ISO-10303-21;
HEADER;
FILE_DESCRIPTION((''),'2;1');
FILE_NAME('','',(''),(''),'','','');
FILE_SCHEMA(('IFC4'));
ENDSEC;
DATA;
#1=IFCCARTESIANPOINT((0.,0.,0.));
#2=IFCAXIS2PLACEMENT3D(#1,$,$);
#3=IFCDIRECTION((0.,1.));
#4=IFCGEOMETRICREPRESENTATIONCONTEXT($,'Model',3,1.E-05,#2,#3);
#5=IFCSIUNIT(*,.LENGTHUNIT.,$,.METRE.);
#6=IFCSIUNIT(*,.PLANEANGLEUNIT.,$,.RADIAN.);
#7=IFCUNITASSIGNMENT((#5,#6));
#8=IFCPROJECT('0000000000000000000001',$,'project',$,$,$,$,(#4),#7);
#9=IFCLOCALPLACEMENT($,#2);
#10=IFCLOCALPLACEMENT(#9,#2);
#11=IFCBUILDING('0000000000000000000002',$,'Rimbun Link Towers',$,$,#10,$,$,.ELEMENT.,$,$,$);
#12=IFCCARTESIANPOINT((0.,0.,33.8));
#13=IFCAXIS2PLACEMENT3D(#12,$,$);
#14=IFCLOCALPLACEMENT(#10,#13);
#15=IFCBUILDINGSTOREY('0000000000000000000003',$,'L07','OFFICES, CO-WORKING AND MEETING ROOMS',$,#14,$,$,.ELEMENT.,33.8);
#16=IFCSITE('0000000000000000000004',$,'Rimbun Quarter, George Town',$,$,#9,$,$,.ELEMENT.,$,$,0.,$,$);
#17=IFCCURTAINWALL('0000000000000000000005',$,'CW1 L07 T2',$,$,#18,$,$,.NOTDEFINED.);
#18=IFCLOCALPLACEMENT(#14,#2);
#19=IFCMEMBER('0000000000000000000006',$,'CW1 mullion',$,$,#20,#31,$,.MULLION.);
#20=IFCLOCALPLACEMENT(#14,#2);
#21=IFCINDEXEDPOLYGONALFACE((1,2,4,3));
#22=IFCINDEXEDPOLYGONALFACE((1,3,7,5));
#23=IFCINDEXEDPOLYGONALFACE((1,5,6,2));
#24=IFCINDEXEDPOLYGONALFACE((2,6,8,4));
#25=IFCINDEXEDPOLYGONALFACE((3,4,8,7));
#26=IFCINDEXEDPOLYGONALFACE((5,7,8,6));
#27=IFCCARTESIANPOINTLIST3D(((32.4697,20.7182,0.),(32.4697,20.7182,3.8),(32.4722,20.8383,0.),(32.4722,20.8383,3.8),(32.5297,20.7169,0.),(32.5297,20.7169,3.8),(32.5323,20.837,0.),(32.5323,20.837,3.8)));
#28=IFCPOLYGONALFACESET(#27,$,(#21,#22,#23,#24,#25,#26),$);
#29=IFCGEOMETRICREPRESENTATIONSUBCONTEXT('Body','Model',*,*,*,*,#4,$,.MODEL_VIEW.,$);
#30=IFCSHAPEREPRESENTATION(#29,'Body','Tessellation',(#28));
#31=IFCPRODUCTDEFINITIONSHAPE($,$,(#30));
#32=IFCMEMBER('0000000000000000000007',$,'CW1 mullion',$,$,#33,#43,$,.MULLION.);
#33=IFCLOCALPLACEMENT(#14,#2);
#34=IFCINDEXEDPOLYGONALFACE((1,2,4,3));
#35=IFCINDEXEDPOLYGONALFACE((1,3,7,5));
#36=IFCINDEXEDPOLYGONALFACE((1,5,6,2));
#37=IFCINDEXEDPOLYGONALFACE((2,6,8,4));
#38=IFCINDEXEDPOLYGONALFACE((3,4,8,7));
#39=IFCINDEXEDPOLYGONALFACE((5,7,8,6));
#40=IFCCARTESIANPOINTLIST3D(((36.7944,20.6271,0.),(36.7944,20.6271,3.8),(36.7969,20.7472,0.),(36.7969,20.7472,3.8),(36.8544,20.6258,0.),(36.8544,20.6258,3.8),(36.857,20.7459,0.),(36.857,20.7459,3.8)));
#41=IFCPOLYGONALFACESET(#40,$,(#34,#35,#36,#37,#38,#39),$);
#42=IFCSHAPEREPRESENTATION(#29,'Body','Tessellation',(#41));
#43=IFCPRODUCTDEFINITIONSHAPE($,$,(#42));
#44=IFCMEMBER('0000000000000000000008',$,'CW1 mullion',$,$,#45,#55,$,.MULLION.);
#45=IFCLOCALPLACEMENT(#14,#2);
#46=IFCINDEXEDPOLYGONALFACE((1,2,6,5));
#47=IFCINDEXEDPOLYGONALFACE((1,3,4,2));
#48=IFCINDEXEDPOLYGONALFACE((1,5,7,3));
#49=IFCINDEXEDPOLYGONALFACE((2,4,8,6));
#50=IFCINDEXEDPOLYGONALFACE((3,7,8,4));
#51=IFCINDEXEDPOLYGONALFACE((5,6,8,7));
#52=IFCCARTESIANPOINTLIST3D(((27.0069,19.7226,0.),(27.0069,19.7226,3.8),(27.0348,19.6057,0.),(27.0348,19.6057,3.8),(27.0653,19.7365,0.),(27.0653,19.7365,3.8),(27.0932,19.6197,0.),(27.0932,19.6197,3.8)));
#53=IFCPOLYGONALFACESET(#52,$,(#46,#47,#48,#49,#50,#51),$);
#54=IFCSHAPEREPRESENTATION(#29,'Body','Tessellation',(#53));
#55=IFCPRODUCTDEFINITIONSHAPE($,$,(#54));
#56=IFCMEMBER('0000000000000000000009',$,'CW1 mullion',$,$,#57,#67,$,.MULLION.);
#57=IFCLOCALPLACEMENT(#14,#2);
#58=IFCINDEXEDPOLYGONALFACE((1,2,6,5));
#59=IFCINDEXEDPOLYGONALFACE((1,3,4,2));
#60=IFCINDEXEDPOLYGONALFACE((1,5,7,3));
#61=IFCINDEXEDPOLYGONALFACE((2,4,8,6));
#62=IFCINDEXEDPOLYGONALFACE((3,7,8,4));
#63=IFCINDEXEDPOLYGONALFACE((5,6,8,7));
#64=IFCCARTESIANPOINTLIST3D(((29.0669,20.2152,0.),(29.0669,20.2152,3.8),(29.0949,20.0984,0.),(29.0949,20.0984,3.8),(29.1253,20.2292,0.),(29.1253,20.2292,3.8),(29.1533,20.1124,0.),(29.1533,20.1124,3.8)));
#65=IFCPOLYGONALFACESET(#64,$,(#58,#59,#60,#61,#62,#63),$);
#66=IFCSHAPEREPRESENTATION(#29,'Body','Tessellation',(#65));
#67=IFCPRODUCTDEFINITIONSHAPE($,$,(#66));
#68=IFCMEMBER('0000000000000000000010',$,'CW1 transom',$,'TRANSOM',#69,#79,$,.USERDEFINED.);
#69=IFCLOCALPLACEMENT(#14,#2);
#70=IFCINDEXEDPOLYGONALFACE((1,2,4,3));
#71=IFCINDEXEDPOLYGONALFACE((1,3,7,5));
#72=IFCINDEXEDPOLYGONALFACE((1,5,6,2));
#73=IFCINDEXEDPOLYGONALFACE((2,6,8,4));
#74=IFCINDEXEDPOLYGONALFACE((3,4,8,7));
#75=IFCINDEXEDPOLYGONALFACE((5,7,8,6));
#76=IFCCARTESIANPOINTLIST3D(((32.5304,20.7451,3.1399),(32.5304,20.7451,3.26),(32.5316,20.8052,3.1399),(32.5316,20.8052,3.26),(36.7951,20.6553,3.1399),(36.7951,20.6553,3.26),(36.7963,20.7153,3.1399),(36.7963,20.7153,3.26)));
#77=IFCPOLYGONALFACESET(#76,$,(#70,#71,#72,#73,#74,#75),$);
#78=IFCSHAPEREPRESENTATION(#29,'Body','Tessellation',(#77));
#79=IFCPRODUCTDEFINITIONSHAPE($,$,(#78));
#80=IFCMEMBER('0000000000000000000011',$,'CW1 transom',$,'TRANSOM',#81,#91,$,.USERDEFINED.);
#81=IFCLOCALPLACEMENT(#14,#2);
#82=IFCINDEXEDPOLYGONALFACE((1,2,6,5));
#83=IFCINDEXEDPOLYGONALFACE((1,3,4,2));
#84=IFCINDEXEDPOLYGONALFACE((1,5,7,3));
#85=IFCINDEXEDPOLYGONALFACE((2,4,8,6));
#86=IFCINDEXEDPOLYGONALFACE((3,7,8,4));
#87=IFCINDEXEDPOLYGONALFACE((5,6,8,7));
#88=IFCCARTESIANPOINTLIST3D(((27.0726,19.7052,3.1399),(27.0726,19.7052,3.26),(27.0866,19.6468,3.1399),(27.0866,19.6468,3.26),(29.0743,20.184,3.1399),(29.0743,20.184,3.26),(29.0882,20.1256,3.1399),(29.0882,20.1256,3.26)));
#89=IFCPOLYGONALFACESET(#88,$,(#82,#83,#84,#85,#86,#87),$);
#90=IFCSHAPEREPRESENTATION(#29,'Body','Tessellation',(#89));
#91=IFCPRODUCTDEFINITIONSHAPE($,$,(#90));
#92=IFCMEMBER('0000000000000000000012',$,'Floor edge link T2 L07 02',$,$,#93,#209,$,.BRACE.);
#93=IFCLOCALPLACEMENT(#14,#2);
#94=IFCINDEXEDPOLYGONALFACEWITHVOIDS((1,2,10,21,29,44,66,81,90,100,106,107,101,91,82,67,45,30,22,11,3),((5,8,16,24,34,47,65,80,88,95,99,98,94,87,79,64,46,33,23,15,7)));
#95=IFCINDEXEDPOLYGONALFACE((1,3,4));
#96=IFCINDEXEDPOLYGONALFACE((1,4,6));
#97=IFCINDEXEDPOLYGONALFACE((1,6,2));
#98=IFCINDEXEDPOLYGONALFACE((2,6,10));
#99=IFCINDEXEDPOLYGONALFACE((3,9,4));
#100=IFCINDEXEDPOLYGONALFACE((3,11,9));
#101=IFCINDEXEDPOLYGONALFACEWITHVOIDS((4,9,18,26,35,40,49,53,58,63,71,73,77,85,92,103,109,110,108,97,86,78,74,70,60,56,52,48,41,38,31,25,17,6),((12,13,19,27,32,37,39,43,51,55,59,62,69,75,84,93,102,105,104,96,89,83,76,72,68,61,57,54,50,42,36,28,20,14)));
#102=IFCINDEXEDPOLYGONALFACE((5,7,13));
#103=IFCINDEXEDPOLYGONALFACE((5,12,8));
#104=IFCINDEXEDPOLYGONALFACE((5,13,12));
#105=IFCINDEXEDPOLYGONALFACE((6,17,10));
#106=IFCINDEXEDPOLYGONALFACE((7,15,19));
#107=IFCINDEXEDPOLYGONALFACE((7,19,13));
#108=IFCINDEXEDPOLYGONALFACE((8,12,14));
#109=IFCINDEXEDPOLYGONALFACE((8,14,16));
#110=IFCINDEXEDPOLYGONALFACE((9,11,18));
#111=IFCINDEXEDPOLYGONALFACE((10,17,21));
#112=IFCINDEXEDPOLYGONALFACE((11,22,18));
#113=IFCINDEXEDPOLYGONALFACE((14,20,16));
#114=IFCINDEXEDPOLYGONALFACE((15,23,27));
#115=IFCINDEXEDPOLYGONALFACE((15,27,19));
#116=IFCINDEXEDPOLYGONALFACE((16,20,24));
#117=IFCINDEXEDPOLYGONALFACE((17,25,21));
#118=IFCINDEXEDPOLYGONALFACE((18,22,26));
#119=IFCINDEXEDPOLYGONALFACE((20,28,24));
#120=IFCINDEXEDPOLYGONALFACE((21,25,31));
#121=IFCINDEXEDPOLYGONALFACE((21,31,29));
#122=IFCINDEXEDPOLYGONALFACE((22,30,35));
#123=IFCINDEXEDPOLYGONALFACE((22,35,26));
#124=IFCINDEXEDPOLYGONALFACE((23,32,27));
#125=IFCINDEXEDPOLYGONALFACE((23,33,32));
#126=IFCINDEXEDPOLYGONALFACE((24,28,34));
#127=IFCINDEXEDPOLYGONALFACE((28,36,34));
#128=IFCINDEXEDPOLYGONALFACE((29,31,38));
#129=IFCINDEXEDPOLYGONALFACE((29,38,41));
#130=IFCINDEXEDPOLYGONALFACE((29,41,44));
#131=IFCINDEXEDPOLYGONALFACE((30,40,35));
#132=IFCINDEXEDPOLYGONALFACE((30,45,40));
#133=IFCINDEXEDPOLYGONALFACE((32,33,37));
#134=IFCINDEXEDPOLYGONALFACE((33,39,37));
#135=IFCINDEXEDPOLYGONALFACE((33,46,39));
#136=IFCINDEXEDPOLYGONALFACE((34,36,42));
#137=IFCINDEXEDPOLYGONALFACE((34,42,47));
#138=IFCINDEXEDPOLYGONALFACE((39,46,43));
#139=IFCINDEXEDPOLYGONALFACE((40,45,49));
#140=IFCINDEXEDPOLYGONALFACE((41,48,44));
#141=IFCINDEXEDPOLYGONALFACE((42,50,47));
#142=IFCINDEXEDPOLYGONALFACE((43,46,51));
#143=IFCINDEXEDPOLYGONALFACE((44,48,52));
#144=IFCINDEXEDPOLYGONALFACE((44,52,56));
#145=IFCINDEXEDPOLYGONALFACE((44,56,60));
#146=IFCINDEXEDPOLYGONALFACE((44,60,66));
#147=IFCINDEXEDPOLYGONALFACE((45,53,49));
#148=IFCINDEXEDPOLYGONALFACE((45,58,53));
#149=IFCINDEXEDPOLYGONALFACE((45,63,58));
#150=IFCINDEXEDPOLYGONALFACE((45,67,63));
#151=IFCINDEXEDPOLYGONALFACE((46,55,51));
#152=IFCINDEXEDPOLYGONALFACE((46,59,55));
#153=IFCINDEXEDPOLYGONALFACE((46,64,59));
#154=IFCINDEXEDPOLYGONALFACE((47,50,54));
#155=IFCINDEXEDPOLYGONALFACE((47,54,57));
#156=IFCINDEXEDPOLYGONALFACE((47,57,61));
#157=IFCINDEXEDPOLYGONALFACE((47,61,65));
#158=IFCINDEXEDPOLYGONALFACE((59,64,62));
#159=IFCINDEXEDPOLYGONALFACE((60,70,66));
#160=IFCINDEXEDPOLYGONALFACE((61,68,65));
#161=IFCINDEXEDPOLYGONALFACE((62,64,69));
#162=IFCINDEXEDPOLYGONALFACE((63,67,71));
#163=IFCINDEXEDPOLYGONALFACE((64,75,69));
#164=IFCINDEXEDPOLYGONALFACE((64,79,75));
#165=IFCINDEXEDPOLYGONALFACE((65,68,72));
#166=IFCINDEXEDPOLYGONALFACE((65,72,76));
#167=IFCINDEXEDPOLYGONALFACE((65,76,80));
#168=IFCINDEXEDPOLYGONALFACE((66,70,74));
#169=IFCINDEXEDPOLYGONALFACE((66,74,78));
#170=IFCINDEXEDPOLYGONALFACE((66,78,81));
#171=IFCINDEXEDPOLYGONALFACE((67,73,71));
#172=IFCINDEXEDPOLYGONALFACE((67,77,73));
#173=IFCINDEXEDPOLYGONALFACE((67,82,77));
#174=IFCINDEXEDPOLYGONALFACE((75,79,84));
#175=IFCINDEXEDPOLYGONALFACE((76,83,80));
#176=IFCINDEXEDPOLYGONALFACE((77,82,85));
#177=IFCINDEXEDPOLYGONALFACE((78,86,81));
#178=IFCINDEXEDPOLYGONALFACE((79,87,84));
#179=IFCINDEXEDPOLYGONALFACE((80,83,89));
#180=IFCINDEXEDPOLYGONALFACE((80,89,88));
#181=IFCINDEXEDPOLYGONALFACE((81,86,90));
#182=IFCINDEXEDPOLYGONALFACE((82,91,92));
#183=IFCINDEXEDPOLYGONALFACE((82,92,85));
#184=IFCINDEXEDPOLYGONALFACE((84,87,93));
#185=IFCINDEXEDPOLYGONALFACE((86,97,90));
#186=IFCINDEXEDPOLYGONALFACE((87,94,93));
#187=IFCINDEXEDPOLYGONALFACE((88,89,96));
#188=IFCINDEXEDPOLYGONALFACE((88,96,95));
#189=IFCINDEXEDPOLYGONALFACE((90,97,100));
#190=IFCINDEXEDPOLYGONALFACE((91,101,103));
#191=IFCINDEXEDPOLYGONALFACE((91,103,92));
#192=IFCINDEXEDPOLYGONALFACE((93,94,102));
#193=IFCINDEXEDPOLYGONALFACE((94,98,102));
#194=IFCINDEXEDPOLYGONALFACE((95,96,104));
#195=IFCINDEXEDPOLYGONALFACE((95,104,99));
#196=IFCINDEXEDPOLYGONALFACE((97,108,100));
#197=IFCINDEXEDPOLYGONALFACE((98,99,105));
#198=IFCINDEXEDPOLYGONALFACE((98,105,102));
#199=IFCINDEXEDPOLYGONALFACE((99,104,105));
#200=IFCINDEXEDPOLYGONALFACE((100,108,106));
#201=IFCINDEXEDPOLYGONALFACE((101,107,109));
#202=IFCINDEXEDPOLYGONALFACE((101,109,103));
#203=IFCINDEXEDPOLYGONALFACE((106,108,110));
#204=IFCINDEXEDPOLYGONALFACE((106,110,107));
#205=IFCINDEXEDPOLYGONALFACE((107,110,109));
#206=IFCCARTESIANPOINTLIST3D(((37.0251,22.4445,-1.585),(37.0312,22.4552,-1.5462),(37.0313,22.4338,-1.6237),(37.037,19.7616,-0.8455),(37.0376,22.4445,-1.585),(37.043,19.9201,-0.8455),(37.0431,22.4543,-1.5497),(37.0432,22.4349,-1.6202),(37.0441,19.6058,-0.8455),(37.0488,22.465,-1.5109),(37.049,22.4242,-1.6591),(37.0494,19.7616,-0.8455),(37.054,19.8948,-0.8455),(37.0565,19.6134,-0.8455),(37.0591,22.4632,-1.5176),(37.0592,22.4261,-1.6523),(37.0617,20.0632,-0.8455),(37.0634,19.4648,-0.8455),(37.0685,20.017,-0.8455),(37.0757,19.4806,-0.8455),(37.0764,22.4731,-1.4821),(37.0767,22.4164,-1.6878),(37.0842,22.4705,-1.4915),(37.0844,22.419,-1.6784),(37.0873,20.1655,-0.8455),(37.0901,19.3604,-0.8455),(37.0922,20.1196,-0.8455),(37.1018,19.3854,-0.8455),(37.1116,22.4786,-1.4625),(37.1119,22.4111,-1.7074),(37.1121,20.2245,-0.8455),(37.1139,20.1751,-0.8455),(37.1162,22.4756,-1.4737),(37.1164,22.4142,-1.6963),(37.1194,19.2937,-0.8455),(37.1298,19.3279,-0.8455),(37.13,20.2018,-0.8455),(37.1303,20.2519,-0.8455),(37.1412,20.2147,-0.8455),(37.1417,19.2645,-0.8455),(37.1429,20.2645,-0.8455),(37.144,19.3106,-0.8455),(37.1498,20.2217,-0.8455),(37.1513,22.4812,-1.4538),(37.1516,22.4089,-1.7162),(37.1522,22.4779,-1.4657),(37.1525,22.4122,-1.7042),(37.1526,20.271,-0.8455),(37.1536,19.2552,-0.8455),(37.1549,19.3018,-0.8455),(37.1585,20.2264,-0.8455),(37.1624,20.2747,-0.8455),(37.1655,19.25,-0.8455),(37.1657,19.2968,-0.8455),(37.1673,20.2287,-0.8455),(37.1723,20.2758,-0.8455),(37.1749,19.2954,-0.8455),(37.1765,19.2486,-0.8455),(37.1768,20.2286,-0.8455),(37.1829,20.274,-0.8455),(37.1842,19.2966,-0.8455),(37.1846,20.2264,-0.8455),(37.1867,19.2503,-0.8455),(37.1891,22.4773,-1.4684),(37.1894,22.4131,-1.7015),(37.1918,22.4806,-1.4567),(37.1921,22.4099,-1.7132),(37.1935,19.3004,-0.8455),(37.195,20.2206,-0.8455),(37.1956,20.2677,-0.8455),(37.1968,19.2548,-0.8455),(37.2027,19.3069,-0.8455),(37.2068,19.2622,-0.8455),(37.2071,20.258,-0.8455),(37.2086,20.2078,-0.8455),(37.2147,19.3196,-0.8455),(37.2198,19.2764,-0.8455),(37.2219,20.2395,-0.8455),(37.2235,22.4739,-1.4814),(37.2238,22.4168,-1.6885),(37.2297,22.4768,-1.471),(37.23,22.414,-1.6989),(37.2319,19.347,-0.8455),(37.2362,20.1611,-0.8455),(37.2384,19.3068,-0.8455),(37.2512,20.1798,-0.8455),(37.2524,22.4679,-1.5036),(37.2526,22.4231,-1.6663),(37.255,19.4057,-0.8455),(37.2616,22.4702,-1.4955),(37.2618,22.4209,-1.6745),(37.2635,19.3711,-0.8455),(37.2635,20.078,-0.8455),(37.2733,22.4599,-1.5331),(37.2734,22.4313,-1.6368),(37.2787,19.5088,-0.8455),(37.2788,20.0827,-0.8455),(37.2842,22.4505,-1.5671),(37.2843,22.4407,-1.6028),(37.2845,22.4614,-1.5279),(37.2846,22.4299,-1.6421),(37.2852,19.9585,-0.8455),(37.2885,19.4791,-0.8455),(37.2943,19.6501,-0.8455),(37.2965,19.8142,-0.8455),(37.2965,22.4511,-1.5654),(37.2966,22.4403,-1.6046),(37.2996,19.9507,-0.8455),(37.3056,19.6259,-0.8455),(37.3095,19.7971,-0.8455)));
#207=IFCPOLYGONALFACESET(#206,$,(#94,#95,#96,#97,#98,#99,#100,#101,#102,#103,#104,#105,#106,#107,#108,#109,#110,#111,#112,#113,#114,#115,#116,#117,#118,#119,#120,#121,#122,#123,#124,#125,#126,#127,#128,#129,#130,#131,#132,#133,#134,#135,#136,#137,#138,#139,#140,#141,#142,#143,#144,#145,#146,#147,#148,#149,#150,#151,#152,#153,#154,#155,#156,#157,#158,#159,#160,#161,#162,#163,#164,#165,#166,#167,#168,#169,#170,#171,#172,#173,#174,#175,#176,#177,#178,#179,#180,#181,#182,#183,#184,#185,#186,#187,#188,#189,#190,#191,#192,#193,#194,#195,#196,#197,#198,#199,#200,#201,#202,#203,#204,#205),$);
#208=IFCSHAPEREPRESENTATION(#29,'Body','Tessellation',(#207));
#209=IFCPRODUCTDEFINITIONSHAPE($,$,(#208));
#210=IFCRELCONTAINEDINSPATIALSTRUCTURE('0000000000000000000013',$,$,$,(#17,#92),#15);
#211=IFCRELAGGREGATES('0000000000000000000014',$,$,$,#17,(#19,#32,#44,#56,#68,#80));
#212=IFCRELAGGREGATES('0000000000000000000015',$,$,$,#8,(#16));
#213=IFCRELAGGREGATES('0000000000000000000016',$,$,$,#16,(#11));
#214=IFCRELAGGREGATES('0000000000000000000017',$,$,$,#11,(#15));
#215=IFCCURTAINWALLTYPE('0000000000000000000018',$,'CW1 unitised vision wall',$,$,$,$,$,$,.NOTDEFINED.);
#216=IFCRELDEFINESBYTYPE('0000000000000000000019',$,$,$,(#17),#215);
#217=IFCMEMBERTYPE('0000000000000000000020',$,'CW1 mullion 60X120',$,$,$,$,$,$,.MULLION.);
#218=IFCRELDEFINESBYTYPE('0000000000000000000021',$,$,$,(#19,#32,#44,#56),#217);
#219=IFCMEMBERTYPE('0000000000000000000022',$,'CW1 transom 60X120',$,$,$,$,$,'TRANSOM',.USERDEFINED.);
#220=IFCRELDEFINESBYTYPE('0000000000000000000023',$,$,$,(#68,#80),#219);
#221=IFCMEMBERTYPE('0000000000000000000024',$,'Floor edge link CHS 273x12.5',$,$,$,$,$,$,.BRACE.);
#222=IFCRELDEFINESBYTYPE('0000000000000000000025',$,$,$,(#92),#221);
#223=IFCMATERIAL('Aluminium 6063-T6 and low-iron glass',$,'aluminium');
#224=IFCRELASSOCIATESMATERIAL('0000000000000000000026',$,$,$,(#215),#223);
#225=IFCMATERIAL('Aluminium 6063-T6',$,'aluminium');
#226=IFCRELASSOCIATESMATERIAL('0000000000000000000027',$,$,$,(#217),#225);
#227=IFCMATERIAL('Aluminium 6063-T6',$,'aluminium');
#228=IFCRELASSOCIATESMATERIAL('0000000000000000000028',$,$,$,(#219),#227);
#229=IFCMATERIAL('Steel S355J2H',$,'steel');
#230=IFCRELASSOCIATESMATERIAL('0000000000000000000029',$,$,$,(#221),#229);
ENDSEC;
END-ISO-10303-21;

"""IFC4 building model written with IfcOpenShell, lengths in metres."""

from ifc_helpers import new_model, si_unit, direction, frame, origin, origin_2d, place, context, subcontext, project, spatial, rectangle, hollow_circle, extrude, clip, halfspace, material, material_profile, profile_set, type_object, element, aggregate, save


model = new_model("IFC4")

# Units and contexts
model_context = context("Model", 3, precision=1e-05, world=origin(), true_north=direction((0.0, 1.0)))
body_context = subcontext(model_context, "Body", "Model", "MODEL_VIEW")
ifc_project = project(units=[si_unit("LENGTHUNIT", "METRE"), si_unit("PLANEANGLEUNIT", "RADIAN")], contexts=[model_context])

# Site, building, storey
site_placement = place(None, origin())
site = spatial("IfcSite", under=ifc_project, at=site_placement, Name="Rimbun Quarter, George Town", CompositionType="ELEMENT", RefElevation=0.0)
building_placement = place(site_placement, origin())
building = spatial("IfcBuilding", under=site, at=building_placement, Name="Rimbun Link Towers", CompositionType="ELEMENT")
storey_placement = place(building_placement, frame((0.0, 0.0, 33.8)))
storey = spatial("IfcBuildingStorey", under=building, at=storey_placement, Name="L07", Description="OFFICES, CO-WORKING AND MEETING ROOMS", CompositionType="ELEMENT", Elevation=33.8)

# Curtain wall, members
ifc_material_1 = material(Name="Aluminium 6063-T6 and low-iron glass", Category="aluminium")
curtain_wall_type = type_object("IfcCurtainWallType", Name="CW1 unitised vision wall", PredefinedType="NOTDEFINED", material=ifc_material_1)
curtain_wall_placement = place(storey_placement, origin())
curtain_wall = element("IfcCurtainWall", 1, at=curtain_wall_placement, inside=storey, type_object=curtain_wall_type, Name="CW1 L07 T2", PredefinedType="NOTDEFINED")
ifc_material_2 = material(Name="Aluminium 6063-T6", Category="aluminium")
ifc_material_profile_1 = material_profile(ifc_material_2, rectangle(XDim=0.1201, YDim=0.0601, at=origin_2d()), Name="MULLION 60X120")
ifc_profile_set_1 = profile_set([ifc_material_profile_1], Name="Aluminium 6063-T6")
member_type_1 = type_object("IfcMemberType", Name="CW1 mullion 60X120", PredefinedType="MULLION", material=ifc_profile_set_1)
member_1_placement = place(storey_placement, frame((32.501, 20.7776, 0.0), z_axis=(0.0, 0.0, 1.0), x_axis=(0.021066, 0.999778, 0.0)))
member_1 = element("IfcMember", 2, at=member_1_placement, type_object=member_type_1, Name="CW1 mullion", PredefinedType="MULLION", context=body_context, shape_type="SweptSolid", body=[
    extrude(rectangle(XDim=0.1201, YDim=0.0601, at=origin_2d()), origin(), (0.0, 0.0, 1.0), 3.8),
])
member_2_placement = place(storey_placement, frame((36.8257, 20.6865, 0.0), z_axis=(0.0, 0.0, 1.0), x_axis=(0.021066, 0.999778, 0.0)))
member_2 = element("IfcMember", 3, at=member_2_placement, type_object=member_type_1, Name="CW1 mullion", PredefinedType="MULLION", context=body_context, shape_type="SweptSolid", body=[
    extrude(rectangle(XDim=0.1201, YDim=0.0601, at=origin_2d()), origin(), (0.0, 0.0, 1.0), 3.8),
])
member_3_placement = place(storey_placement, frame((27.05, 19.6711, 0.0), z_axis=(0.0, 0.0, 1.0), x_axis=(-0.232613, 0.972569, 0.0)))
member_3 = element("IfcMember", 4, at=member_3_placement, type_object=member_type_1, Name="CW1 mullion", PredefinedType="MULLION", context=body_context, shape_type="SweptSolid", body=[
    extrude(rectangle(XDim=0.1201, YDim=0.0601, at=origin_2d()), origin(), (0.0, 0.0, 1.0), 3.8),
])
member_4_placement = place(storey_placement, frame((29.1101, 20.1638, 0.0), z_axis=(0.0, 0.0, 1.0), x_axis=(-0.232613, 0.972569, 0.0)))
member_4 = element("IfcMember", 5, at=member_4_placement, type_object=member_type_1, Name="CW1 mullion", PredefinedType="MULLION", context=body_context, shape_type="SweptSolid", body=[
    extrude(rectangle(XDim=0.1201, YDim=0.0601, at=origin_2d()), origin(), (0.0, 0.0, 1.0), 3.8),
])
ifc_material_3 = material(Name="Aluminium 6063-T6", Category="aluminium")
ifc_material_profile_2 = material_profile(ifc_material_3, rectangle(XDim=0.0601, YDim=0.1201, at=origin_2d()), Name="TRANSOM 60X120")
ifc_profile_set_2 = profile_set([ifc_material_profile_2], Name="Aluminium 6063-T6")
member_type_2 = type_object("IfcMemberType", Name="CW1 transom 60X120", ElementType="TRANSOM", PredefinedType="USERDEFINED", material=ifc_profile_set_2)
member_5_placement = place(storey_placement, frame((32.531, 20.7751, 3.2), z_axis=(0.999778, -0.021062, 0.0), x_axis=(0.021062, 0.999778, 0.0)))
member_5 = element("IfcMember", 6, at=member_5_placement, type_object=member_type_2, Name="CW1 transom", ObjectType="TRANSOM", PredefinedType="USERDEFINED", context=body_context, shape_type="SweptSolid", body=[
    extrude(rectangle(XDim=0.0601, YDim=0.1201, at=origin_2d()), origin(), (0.0, 0.0, 1.0), 4.2656),
])
member_6_placement = place(storey_placement, frame((27.0796, 19.676, 3.2), z_axis=(0.972569, 0.232615, 0.0), x_axis=(-0.232615, 0.972569, 0.0)))
member_6 = element("IfcMember", 7, at=member_6_placement, type_object=member_type_2, Name="CW1 transom", ObjectType="TRANSOM", PredefinedType="USERDEFINED", context=body_context, shape_type="SweptSolid", body=[
    extrude(rectangle(XDim=0.0601, YDim=0.1201, at=origin_2d()), origin(), (0.0, 0.0, 1.0), 2.0581),
])

# Member
ifc_material_4 = material(Name="Steel S355J2H", Category="steel")
ifc_material_profile_3 = material_profile(ifc_material_4, hollow_circle(Radius=0.1365, WallThickness=0.0125, at=origin_2d()), Name="CHS 273x12.5")
ifc_profile_set_3 = profile_set([ifc_material_profile_3], Name="Steel S355J2H")
member_type_3 = type_object("IfcMemberType", Name="Floor edge link CHS 273x12.5", PredefinedType="BRACE", material=ifc_profile_set_3)
member_7_placement = place(storey_placement, frame((37.1714, 20.2332, -0.9753), z_axis=(-0.004256, 0.964047, -0.265698), x_axis=(-0.99999, -0.004415, 0.0)))
element("IfcMember", 8, at=member_7_placement, inside=storey, type_object=member_type_3, Name="Floor edge link T2 L07 02", PredefinedType="BRACE", context=body_context, shape_type="Clipping", body=[
    clip(extrude(hollow_circle(Radius=0.1365, WallThickness=0.0125, at=origin_2d()), frame((0.0, 0.0, -1.0283)), (0.0, 0.0, 1.0), 3.3228), halfspace(frame((0.0, 0.0, -0.4885), z_axis=(0.0, 0.964056, -0.265698)), False)),
])

aggregate(curtain_wall, [member_1, member_2, member_3, member_4, member_5, member_6])

save(model, "model.ifc")
